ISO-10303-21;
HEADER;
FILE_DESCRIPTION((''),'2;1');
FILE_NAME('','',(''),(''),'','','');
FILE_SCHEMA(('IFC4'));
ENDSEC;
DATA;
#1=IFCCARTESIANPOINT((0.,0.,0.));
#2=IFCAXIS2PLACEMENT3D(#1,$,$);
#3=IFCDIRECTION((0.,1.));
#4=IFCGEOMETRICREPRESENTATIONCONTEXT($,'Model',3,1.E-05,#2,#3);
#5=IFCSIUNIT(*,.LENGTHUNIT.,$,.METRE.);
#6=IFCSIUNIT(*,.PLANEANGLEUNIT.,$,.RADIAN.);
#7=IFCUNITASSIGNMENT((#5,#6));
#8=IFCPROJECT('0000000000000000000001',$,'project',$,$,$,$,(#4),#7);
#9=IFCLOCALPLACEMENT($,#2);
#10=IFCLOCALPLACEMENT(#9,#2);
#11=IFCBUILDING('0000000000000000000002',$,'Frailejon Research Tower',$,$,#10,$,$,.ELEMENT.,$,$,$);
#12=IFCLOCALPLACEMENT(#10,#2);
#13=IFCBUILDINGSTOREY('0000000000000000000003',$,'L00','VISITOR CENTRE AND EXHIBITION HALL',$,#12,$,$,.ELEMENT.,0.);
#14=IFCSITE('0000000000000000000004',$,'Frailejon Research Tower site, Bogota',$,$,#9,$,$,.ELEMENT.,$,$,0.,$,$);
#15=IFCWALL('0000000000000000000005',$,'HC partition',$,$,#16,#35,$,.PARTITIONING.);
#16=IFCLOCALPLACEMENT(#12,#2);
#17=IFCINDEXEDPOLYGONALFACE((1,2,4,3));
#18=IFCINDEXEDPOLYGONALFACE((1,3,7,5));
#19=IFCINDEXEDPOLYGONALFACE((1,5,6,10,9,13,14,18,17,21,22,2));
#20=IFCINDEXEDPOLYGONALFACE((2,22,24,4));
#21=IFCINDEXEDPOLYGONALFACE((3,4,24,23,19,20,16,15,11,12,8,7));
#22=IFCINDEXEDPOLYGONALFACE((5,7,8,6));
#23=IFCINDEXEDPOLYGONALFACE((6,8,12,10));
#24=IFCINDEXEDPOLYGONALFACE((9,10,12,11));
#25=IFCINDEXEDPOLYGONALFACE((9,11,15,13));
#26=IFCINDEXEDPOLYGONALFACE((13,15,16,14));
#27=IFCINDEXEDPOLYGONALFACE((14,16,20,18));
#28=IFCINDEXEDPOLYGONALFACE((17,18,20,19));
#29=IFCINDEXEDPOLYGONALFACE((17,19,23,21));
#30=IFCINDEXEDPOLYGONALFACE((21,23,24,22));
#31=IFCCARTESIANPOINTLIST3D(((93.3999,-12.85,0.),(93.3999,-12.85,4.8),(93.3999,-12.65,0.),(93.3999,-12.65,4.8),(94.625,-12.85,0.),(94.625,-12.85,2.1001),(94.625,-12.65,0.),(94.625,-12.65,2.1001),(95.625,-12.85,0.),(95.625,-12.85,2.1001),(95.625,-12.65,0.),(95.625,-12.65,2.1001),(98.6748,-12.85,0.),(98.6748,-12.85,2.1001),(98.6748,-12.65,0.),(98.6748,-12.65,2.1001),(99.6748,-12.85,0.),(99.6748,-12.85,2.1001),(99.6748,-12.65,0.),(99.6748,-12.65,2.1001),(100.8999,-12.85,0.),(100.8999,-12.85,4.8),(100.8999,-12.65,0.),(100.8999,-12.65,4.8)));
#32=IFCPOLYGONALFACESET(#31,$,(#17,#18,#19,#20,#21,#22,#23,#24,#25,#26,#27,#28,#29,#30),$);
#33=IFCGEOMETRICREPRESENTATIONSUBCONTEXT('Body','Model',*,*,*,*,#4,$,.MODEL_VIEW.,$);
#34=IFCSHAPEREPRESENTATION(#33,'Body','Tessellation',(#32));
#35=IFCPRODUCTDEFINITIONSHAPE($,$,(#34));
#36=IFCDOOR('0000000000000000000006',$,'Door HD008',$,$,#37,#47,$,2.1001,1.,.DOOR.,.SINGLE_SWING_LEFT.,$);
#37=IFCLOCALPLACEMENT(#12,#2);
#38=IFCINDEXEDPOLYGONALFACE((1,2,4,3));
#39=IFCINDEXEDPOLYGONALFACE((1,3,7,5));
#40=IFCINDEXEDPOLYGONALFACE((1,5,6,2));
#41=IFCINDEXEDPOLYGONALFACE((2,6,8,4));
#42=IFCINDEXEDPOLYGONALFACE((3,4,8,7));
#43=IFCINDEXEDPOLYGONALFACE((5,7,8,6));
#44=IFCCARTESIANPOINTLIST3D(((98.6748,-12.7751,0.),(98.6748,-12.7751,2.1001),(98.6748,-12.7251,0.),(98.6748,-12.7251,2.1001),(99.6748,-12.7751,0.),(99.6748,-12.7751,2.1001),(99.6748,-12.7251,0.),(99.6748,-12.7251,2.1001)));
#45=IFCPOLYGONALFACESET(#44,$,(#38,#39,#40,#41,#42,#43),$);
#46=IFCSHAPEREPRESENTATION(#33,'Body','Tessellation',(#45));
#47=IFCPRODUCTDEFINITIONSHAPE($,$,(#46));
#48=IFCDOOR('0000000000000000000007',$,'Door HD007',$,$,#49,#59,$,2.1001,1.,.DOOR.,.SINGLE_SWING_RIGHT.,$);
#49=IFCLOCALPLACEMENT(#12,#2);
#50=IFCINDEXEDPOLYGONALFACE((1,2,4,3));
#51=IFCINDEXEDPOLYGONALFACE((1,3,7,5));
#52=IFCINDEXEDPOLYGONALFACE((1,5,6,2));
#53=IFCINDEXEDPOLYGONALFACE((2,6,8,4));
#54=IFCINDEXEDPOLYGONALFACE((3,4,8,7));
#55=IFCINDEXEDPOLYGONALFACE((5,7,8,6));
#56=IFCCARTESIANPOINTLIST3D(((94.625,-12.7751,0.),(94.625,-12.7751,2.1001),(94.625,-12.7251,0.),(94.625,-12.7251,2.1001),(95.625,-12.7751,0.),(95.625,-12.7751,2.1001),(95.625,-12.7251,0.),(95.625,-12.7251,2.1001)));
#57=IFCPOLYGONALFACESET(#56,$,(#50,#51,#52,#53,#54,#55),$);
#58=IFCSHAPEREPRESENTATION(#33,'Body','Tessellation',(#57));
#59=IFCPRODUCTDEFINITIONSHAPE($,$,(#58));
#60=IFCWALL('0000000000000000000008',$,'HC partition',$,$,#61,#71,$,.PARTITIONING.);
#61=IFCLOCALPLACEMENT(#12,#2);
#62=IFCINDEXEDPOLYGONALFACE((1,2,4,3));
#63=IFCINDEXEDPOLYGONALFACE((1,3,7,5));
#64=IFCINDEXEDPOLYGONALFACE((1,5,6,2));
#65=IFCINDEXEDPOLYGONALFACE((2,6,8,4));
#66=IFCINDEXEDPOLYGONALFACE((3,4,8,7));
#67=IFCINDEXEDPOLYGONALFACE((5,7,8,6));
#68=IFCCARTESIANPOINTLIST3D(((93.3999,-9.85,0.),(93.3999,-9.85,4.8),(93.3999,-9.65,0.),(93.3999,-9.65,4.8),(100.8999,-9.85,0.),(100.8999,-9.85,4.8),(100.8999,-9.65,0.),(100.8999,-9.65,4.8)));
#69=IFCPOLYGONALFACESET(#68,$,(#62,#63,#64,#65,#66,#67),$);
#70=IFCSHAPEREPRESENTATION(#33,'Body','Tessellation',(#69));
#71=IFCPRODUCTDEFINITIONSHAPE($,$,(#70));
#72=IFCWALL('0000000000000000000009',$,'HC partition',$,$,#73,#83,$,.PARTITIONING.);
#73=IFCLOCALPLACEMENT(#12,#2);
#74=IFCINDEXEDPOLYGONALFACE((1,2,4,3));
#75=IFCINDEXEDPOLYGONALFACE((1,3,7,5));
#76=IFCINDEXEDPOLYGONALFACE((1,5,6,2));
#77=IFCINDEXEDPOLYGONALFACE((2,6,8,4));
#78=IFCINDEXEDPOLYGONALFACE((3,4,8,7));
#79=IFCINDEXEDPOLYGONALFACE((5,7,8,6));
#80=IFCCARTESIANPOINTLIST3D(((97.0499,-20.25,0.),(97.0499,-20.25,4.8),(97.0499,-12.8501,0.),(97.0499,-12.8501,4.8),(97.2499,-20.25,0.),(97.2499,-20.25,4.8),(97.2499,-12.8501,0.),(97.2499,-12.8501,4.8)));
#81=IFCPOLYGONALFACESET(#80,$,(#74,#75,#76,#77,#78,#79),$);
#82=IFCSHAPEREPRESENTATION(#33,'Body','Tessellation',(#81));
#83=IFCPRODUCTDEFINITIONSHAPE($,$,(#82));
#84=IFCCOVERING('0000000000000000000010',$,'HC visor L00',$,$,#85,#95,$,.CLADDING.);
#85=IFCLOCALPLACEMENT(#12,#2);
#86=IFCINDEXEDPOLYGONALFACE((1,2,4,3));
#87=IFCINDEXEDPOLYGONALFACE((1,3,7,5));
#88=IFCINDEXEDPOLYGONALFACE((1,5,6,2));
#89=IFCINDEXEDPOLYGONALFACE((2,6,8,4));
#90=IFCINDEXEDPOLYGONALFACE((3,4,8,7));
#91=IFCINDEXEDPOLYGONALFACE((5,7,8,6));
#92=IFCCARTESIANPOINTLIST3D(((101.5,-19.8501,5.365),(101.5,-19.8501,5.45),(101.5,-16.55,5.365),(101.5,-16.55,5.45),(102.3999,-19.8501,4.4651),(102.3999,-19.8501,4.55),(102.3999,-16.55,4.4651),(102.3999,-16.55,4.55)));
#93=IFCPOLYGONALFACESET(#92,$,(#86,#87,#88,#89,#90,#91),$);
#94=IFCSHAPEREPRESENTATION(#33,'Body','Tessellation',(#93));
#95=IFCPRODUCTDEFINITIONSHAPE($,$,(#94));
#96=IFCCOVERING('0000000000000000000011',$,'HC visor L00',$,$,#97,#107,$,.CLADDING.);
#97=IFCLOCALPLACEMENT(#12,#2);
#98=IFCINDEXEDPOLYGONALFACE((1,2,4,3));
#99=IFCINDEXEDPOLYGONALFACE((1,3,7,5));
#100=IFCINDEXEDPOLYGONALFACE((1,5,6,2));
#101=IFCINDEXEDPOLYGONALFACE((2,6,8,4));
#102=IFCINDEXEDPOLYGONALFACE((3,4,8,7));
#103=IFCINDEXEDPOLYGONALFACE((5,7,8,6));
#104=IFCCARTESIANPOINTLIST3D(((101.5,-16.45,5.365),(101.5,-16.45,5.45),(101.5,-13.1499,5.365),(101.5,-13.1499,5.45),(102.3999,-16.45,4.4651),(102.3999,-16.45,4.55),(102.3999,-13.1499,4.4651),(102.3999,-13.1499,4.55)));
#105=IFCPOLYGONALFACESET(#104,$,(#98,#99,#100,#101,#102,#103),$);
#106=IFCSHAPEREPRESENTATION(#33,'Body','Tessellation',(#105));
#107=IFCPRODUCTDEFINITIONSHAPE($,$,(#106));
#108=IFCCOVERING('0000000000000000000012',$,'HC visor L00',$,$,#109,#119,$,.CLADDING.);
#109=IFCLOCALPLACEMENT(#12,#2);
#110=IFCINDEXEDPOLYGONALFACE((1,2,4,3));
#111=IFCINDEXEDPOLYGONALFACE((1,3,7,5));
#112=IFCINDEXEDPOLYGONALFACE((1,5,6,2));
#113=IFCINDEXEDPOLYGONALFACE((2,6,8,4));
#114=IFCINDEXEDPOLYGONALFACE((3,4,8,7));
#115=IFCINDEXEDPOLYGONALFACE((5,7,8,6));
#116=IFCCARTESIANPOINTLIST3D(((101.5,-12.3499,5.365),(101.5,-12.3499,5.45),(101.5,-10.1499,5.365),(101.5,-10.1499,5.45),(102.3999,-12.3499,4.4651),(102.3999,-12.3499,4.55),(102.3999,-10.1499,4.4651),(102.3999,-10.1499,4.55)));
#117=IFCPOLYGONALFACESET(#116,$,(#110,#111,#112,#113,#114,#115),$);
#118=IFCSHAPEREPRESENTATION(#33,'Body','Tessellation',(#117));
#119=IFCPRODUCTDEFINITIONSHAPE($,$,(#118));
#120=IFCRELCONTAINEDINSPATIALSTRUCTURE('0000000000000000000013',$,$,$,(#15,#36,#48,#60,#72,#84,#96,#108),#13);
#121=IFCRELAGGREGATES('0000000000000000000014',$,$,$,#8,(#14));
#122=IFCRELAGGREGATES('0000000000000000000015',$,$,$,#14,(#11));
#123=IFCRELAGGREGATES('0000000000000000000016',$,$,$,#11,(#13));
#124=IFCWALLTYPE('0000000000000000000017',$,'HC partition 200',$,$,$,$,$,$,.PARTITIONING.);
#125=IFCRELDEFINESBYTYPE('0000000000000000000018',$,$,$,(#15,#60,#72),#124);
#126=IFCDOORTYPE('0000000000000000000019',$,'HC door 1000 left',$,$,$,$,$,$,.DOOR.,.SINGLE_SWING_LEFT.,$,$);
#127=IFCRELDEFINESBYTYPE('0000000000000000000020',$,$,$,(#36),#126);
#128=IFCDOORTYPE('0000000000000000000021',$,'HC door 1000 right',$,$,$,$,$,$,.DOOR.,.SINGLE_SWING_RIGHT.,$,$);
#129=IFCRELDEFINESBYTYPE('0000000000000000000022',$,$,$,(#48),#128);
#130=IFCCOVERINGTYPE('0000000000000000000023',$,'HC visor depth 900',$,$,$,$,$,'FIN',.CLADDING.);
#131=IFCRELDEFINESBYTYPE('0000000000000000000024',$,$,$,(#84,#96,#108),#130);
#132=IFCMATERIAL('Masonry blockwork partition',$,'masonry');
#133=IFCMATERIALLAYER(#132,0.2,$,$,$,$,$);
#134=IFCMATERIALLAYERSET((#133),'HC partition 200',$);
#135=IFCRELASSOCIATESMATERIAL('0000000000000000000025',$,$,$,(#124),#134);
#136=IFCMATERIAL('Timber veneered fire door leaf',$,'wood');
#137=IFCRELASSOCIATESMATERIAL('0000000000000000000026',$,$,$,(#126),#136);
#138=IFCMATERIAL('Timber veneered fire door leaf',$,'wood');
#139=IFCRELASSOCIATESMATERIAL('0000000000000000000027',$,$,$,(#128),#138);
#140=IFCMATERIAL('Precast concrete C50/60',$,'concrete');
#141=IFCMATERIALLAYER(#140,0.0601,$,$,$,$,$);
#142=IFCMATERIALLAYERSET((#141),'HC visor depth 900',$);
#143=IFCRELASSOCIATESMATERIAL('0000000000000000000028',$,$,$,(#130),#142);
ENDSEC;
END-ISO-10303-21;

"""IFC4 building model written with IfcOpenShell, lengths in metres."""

from ifc_helpers import new_model, si_unit, direction, frame, frame_2d, origin, place, context, subcontext, project, spatial, polyline, rectangle, outline, extrude, material, layer, layer_set, type_object, element, fill, save


model = new_model("IFC4")

# Units and contexts
model_context = context("Model", 3, precision=1e-05, world=origin(), true_north=direction((0.0, 1.0)))
body_context = subcontext(model_context, "Body", "Model", "MODEL_VIEW")
ifc_project = project(units=[si_unit("LENGTHUNIT", "METRE"), si_unit("PLANEANGLEUNIT", "RADIAN")], contexts=[model_context])

# Site, building, storey
site_placement = place(None, origin())
site = spatial("IfcSite", under=ifc_project, at=site_placement, Name="Frailejon Research Tower site, Bogota", CompositionType="ELEMENT", RefElevation=0.0)
building_placement = place(site_placement, origin())
building = spatial("IfcBuilding", under=site, at=building_placement, Name="Frailejon Research Tower", CompositionType="ELEMENT")
storey_placement = place(building_placement, origin())
storey = spatial("IfcBuildingStorey", under=building, at=storey_placement, Name="L00", Description="VISITOR CENTRE AND EXHIBITION HALL", CompositionType="ELEMENT", Elevation=0.0)

# Wall, openings, doors
ifc_material_1 = material(Name="Masonry blockwork partition", Category="masonry")
ifc_layer_1 = layer(ifc_material_1, 0.2)
ifc_layer_set_1 = layer_set([ifc_layer_1], Name="HC partition 200")
wall_type = type_object("IfcWallType", Name="HC partition 200", PredefinedType="PARTITIONING", material=ifc_layer_set_1)
wall_1_placement = place(storey_placement, frame((93.3999, -12.75, 0.0), z_axis=(0.0, 0.0, 1.0), x_axis=(1.0, 0.0, 0.0)))
wall_1 = element("IfcWall", 1, at=wall_1_placement, inside=storey, type_object=wall_type, Name="HC partition", PredefinedType="PARTITIONING", context=body_context, shape_type="SweptSolid", body=[
    extrude(rectangle(XDim=7.5, YDim=0.2, at=frame_2d((3.75, 0.0))), origin(), (0.0, 0.0, 1.0), 4.8),
])
opening_1_placement = place(wall_1_placement, frame((1.2251, 0.0, 0.0)))
opening_1 = element("IfcOpeningElement", 2, at=opening_1_placement, cuts=wall_1, PredefinedType="OPENING", context=body_context, shape_type="SweptSolid", body=[
    extrude(rectangle(XDim=1.0, YDim=2.1001, at=frame_2d((0.5, 1.05))), frame((0.0, 0.1099, 0.0), z_axis=(0.0, -1.0, 0.0), x_axis=(1.0, 0.0, 0.0)), (0.0, 0.0, 1.0), 0.22),
])
opening_2_placement = place(wall_1_placement, frame((5.2749, 0.0, 0.0)))
opening_2 = element("IfcOpeningElement", 3, at=opening_2_placement, cuts=wall_1, PredefinedType="OPENING", context=body_context, shape_type="SweptSolid", body=[
    extrude(rectangle(XDim=1.0, YDim=2.1001, at=frame_2d((0.5, 1.05))), frame((0.0, 0.1099, 0.0), z_axis=(0.0, -1.0, 0.0), x_axis=(1.0, 0.0, 0.0)), (0.0, 0.0, 1.0), 0.22),
])
ifc_material_2 = material(Name="Timber veneered fire door leaf", Category="wood")
door_type_1 = type_object("IfcDoorType", Name="HC door 1000 left", OperationType="SINGLE_SWING_LEFT", PredefinedType="DOOR", material=ifc_material_2)
door_1_placement = place(opening_2_placement, origin())
door_1 = element("IfcDoor", 4, at=door_1_placement, inside=storey, type_object=door_type_1, Name="Door HD008", OperationType="SINGLE_SWING_LEFT", OverallHeight=2.1001, OverallWidth=1.0, PredefinedType="DOOR", context=body_context, shape_type="SweptSolid", body=[
    extrude(rectangle(XDim=1.0, YDim=2.1001, at=frame_2d((0.5, 1.05))), frame((0.0, 0.0249, 0.0), z_axis=(0.0, -1.0, 0.0), x_axis=(1.0, 0.0, 0.0)), (0.0, 0.0, 1.0), 0.05),
])
fill(opening_2, door_1)
ifc_material_3 = material(Name="Timber veneered fire door leaf", Category="wood")
door_type_2 = type_object("IfcDoorType", Name="HC door 1000 right", OperationType="SINGLE_SWING_RIGHT", PredefinedType="DOOR", material=ifc_material_3)
door_2_placement = place(opening_1_placement, origin())
door_2 = element("IfcDoor", 5, at=door_2_placement, inside=storey, type_object=door_type_2, Name="Door HD007", OperationType="SINGLE_SWING_RIGHT", OverallHeight=2.1001, OverallWidth=1.0, PredefinedType="DOOR", context=body_context, shape_type="SweptSolid", body=[
    extrude(rectangle(XDim=1.0, YDim=2.1001, at=frame_2d((0.5, 1.05))), frame((0.0, 0.0249, 0.0), z_axis=(0.0, -1.0, 0.0), x_axis=(1.0, 0.0, 0.0)), (0.0, 0.0, 1.0), 0.05),
])
fill(opening_1, door_2)

# Walls
wall_2_placement = place(storey_placement, frame((93.3999, -9.75, 0.0), z_axis=(0.0, 0.0, 1.0), x_axis=(1.0, 0.0, 0.0)))
element("IfcWall", 6, at=wall_2_placement, inside=storey, type_object=wall_type, Name="HC partition", PredefinedType="PARTITIONING", context=body_context, shape_type="SweptSolid", body=[
    extrude(rectangle(XDim=7.5, YDim=0.2, at=frame_2d((3.75, 0.0))), origin(), (0.0, 0.0, 1.0), 4.8),
])
wall_3_placement = place(storey_placement, frame((97.1499, -20.25, 0.0), z_axis=(0.0, 0.0, 1.0), x_axis=(0.0, 1.0, 0.0)))
element("IfcWall", 7, at=wall_3_placement, inside=storey, type_object=wall_type, Name="HC partition", PredefinedType="PARTITIONING", context=body_context, shape_type="SweptSolid", body=[
    extrude(rectangle(XDim=7.3999, YDim=0.2, at=frame_2d((3.7, 0.0))), origin(), (0.0, 0.0, 1.0), 4.8),
])

# Coverings
ifc_material_4 = material(Name="Precast concrete C50/60", Category="concrete")
ifc_layer_2 = layer(ifc_material_4, 0.0601)
ifc_layer_set_2 = layer_set([ifc_layer_2], Name="HC visor depth 900")
covering_type = type_object("IfcCoveringType", Name="HC visor depth 900", ElementType="FIN", PredefinedType="CLADDING", material=ifc_layer_set_2)
for number, where, z_axis, x_axis, name in (
    (8, (101.5, -16.55, 5.45), (0.0, -1.0, 0.0), (1.0, 0.0, 0.0), "HC visor L00"),
    (9, (101.5, -13.1499, 5.45), (0.0, -1.0, 0.0), (1.0, 0.0, 0.0), "HC visor L00"),
):
    element("IfcCovering", number, at=place(storey_placement, frame(where, z_axis=z_axis, x_axis=x_axis)), inside=storey, type_object=covering_type, Name=name, PredefinedType="CLADDING", context=body_context, shape_type="SweptSolid", body=[
        extrude(outline(polyline([(0.0, -0.085), (0.8999, -0.9849), (0.8999, -0.8999), (0.0, 0.0), (0.0, -0.085)])), origin(), (0.0, 0.0, 1.0), 3.3),
    ])
covering_placement = place(storey_placement, frame((101.5, -10.1499, 5.45), z_axis=(0.0, -1.0, 0.0), x_axis=(1.0, 0.0, 0.0)))
element("IfcCovering", 10, at=covering_placement, inside=storey, type_object=covering_type, Name="HC visor L00", PredefinedType="CLADDING", context=body_context, shape_type="SweptSolid", body=[
    extrude(outline(polyline([(0.0, -0.085), (0.8999, -0.9849), (0.8999, -0.8999), (0.0, 0.0), (0.0, -0.085)])), origin(), (0.0, 0.0, 1.0), 2.2),
])

save(model, "model.ifc")
